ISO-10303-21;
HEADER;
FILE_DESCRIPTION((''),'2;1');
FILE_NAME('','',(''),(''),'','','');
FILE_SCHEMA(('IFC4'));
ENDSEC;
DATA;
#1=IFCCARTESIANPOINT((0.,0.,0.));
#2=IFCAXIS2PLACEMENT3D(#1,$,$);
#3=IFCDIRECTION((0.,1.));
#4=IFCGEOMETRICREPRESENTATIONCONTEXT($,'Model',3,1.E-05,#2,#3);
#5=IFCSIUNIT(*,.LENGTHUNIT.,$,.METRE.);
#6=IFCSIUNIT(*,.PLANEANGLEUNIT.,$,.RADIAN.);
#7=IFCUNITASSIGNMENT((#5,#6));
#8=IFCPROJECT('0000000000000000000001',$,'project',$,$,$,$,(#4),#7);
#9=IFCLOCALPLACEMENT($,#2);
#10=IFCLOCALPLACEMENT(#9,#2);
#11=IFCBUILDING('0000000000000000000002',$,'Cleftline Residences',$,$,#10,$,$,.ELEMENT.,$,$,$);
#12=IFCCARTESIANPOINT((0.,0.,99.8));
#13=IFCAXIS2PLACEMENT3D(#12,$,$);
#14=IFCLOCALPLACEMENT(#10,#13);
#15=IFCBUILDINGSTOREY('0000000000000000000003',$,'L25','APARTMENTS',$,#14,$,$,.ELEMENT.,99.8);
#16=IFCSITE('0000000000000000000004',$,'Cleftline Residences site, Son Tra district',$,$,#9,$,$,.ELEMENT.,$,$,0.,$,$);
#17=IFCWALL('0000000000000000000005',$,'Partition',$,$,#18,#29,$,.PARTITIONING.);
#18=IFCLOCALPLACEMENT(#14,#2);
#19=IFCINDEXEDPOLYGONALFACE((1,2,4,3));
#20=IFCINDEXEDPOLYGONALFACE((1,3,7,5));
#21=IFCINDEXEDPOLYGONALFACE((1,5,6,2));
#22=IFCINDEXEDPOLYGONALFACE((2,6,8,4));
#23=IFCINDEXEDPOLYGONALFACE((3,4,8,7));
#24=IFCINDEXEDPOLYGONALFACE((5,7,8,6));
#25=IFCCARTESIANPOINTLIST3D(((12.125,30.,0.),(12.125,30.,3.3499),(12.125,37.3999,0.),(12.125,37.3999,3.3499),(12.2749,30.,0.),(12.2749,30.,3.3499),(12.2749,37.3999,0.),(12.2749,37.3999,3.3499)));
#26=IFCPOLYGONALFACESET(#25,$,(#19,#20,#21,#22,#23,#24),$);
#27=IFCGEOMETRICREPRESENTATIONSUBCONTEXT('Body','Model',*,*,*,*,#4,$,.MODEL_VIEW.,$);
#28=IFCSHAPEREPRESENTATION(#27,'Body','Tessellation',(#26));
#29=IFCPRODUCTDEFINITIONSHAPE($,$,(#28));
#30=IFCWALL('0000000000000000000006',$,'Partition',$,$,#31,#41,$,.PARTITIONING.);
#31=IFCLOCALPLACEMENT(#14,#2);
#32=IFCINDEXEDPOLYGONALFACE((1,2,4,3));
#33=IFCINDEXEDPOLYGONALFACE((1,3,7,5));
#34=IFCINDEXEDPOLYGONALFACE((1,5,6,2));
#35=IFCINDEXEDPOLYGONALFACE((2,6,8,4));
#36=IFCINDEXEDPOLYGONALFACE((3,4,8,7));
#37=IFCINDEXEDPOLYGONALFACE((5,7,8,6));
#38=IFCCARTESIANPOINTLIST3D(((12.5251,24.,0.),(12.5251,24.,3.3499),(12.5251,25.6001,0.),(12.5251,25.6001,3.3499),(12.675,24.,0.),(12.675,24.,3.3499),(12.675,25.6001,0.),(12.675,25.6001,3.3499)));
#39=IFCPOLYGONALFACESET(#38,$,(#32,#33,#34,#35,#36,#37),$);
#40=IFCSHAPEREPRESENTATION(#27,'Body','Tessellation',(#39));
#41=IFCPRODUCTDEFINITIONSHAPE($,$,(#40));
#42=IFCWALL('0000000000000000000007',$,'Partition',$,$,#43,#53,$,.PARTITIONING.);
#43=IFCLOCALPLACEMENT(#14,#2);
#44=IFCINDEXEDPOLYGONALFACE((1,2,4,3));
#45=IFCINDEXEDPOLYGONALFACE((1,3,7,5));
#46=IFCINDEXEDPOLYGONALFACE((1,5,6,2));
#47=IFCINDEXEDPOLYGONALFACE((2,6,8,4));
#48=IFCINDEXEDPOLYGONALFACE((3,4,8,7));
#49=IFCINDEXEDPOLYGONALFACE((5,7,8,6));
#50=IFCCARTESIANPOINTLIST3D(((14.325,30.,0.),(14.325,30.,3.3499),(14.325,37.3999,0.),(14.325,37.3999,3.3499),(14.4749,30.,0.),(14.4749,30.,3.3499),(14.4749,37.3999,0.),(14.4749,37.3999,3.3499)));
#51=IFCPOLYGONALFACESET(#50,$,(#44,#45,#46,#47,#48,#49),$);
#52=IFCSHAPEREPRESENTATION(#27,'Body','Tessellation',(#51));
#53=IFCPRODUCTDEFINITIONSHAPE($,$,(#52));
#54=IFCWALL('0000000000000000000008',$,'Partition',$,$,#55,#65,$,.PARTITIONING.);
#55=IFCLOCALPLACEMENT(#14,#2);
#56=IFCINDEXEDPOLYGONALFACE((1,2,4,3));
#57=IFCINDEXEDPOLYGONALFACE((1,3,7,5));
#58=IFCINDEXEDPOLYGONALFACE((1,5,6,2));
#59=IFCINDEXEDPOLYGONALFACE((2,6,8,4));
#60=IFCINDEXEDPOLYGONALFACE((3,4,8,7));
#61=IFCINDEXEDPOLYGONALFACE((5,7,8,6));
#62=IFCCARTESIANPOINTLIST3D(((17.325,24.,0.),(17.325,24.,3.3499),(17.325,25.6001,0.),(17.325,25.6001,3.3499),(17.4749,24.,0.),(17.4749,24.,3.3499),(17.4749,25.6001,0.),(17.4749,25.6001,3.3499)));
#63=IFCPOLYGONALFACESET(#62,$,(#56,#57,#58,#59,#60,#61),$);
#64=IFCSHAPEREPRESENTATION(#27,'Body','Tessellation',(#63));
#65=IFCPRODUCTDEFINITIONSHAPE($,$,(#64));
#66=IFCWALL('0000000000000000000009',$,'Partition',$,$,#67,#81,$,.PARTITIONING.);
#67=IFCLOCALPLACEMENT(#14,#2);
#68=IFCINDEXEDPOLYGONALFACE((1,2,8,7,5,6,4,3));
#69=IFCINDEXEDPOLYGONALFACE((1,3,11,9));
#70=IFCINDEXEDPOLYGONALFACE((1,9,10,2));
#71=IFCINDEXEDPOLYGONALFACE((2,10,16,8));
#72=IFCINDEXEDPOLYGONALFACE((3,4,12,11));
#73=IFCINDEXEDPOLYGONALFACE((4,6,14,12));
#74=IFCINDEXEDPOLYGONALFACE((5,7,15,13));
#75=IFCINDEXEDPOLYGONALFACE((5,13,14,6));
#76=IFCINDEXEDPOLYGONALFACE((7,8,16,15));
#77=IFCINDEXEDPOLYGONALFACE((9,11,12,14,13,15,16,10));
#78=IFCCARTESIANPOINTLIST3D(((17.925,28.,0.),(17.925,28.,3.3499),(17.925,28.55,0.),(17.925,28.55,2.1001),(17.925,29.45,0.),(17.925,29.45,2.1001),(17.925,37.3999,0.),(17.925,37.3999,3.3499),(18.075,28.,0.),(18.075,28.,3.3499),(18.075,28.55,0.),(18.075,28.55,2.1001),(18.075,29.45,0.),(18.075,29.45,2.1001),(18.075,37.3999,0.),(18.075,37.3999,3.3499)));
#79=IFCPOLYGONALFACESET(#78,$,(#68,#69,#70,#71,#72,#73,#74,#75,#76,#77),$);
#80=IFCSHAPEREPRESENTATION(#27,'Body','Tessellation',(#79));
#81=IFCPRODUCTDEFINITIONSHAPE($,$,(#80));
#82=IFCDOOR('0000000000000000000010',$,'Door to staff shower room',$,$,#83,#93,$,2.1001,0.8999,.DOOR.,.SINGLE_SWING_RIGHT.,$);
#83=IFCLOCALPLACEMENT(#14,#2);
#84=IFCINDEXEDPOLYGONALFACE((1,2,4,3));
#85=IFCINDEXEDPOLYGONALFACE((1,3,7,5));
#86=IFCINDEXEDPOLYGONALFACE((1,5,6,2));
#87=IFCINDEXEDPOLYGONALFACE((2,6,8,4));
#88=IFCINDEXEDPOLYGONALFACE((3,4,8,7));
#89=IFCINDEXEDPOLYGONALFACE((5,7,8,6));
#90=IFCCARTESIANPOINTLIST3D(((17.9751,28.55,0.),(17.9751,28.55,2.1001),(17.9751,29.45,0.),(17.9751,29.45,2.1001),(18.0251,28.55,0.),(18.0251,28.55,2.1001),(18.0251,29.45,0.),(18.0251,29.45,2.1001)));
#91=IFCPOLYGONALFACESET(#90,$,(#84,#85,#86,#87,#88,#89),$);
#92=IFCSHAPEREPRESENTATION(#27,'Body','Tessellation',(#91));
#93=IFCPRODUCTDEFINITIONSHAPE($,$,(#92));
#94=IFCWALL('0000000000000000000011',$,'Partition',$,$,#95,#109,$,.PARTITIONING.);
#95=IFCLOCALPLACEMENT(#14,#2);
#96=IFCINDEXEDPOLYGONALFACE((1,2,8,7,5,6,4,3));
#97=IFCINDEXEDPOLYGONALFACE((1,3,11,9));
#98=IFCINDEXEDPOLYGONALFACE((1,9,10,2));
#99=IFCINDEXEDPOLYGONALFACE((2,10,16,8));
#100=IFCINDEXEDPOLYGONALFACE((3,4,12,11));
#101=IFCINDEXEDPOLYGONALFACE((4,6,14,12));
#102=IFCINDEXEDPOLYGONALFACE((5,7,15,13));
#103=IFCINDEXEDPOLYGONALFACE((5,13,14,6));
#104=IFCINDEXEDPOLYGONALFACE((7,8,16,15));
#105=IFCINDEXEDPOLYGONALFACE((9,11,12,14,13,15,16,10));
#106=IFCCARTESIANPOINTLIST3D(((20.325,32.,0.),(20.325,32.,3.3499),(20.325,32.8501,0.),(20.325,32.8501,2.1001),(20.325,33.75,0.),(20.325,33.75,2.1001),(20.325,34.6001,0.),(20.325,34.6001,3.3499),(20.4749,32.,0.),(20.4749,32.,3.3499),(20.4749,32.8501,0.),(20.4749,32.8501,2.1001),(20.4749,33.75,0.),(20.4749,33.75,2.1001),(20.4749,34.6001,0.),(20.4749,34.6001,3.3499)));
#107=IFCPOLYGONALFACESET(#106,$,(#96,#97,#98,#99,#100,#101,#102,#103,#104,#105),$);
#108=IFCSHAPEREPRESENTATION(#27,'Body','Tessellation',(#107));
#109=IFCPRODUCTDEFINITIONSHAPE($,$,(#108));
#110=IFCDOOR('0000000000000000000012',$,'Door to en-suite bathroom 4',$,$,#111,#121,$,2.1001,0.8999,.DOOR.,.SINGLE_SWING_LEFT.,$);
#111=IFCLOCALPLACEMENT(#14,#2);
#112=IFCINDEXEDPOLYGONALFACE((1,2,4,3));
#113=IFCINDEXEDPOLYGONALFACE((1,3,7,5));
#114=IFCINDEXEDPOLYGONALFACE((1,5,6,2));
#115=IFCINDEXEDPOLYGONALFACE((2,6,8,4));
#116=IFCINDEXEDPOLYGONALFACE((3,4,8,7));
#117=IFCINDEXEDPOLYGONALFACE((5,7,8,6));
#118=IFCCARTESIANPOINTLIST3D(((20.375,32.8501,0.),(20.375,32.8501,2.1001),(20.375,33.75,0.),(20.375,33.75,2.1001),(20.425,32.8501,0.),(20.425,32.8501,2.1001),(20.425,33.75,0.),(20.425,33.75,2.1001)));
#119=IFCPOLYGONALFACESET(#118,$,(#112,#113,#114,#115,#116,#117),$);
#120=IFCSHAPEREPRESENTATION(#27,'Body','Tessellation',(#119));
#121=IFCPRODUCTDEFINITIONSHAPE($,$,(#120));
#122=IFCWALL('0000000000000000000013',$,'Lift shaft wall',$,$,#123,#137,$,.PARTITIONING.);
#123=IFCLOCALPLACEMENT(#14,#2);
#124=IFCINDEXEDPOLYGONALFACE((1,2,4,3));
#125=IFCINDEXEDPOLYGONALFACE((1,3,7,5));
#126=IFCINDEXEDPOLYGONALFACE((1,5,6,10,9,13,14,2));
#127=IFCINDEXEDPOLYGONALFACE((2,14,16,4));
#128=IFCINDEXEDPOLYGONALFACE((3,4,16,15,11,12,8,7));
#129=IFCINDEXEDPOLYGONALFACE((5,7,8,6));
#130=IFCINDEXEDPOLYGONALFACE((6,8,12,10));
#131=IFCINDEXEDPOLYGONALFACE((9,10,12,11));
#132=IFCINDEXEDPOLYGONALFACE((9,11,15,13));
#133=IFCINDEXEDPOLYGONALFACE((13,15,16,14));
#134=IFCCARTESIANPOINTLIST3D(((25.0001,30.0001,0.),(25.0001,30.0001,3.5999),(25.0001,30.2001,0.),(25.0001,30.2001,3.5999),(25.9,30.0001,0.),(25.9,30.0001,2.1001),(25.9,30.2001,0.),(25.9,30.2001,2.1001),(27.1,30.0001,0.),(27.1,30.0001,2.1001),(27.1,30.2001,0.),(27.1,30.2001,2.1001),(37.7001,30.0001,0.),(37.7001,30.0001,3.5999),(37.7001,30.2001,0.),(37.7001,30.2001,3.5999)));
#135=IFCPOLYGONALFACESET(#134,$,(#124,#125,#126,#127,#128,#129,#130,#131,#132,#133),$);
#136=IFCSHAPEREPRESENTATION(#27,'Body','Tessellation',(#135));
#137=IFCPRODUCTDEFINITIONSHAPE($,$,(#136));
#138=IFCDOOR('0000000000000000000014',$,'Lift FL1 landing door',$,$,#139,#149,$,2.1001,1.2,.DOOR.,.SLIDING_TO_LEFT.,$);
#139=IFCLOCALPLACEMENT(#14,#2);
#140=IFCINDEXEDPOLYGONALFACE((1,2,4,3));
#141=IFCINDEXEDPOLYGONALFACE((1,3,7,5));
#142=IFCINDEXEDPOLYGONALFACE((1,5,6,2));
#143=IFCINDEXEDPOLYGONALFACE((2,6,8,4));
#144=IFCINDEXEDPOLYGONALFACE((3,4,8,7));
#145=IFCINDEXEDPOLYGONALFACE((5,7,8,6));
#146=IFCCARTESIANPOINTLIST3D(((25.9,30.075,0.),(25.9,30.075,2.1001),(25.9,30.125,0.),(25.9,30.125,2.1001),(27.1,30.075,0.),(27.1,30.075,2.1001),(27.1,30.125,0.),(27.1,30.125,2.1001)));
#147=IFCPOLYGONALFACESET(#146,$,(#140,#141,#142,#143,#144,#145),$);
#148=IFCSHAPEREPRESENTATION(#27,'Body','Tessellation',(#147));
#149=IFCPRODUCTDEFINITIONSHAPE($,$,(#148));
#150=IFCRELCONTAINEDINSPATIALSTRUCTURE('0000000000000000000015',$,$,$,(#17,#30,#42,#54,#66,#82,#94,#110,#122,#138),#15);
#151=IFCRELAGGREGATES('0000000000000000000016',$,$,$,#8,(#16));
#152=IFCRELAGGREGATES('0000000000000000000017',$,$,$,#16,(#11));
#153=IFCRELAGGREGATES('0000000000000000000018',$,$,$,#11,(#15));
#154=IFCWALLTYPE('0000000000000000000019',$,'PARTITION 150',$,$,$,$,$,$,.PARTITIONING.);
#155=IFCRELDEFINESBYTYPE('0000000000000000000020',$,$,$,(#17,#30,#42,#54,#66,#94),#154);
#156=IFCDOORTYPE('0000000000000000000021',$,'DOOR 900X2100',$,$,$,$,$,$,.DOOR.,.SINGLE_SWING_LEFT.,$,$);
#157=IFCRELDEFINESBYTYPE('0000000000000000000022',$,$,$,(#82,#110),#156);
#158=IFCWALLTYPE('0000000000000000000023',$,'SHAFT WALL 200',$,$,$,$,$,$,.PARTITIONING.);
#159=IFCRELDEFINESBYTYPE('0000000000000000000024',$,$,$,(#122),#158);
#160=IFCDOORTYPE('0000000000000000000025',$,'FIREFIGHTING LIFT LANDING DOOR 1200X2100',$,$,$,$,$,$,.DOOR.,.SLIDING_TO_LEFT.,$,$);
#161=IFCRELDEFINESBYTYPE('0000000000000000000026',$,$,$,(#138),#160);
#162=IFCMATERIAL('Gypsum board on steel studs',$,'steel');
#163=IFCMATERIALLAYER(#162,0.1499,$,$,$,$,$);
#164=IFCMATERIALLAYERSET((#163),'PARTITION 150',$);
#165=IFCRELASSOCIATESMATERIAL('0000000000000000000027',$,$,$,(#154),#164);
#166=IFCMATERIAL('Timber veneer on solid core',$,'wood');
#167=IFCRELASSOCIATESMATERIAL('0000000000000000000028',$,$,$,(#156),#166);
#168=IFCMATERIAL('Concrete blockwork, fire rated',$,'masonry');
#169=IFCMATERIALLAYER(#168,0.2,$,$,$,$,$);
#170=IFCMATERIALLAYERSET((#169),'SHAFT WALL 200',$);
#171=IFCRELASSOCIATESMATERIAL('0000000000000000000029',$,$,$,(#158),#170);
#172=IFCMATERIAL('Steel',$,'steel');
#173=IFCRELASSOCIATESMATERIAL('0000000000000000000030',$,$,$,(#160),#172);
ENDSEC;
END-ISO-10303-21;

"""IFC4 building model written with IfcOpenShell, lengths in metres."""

from ifc_helpers import new_model, si_unit, direction, frame, frame_2d, origin, place, context, subcontext, project, spatial, rectangle, extrude, material, layer, layer_set, type_object, element, fill, save


model = new_model("IFC4")

# Units and contexts
model_context = context("Model", 3, precision=1e-05, world=origin(), true_north=direction((0.0, 1.0)))
body_context = subcontext(model_context, "Body", "Model", "MODEL_VIEW")
ifc_project = project(units=[si_unit("LENGTHUNIT", "METRE"), si_unit("PLANEANGLEUNIT", "RADIAN")], contexts=[model_context])

# Site, building, storey
site_placement = place(None, origin())
site = spatial("IfcSite", under=ifc_project, at=site_placement, Name="Cleftline Residences site, Son Tra district", CompositionType="ELEMENT", RefElevation=0.0)
building_placement = place(site_placement, origin())
building = spatial("IfcBuilding", under=site, at=building_placement, Name="Cleftline Residences", CompositionType="ELEMENT")
storey_placement = place(building_placement, frame((0.0, 0.0, 99.8)))
storey = spatial("IfcBuildingStorey", under=building, at=storey_placement, Name="L25", Description="APARTMENTS", CompositionType="ELEMENT", Elevation=99.8)

# Shared definitions
ifc_material_1 = material(Name="Gypsum board on steel studs", Category="steel")
ifc_layer_1 = layer(ifc_material_1, 0.1499)
ifc_layer_set_1 = layer_set([ifc_layer_1], Name="PARTITION 150")
wall_type_1 = type_object("IfcWallType", Name="PARTITION 150", PredefinedType="PARTITIONING", material=ifc_layer_set_1)
ifc_material_2 = material(Name="Timber veneer on solid core", Category="wood")
door_type_1 = type_object("IfcDoorType", Name="DOOR 900X2100", OperationType="SINGLE_SWING_LEFT", PredefinedType="DOOR", material=ifc_material_2)

# Walls
wall_1_placement = place(storey_placement, frame((12.2, 30.0, 0.0), z_axis=(0.0, 0.0, 1.0), x_axis=(0.0, 1.0, 0.0)))
element("IfcWall", 1, at=wall_1_placement, inside=storey, type_object=wall_type_1, Name="Partition", PredefinedType="PARTITIONING", context=body_context, shape_type="SweptSolid", body=[
    extrude(rectangle(XDim=7.3999, YDim=0.1499, at=frame_2d((3.7, 0.0))), origin(), (0.0, 0.0, 1.0), 3.3499),
])
wall_2_placement = place(storey_placement, frame((12.6001, 24.0, 0.0), z_axis=(0.0, 0.0, 1.0), x_axis=(0.0, 1.0, 0.0)))
element("IfcWall", 2, at=wall_2_placement, inside=storey, type_object=wall_type_1, Name="Partition", PredefinedType="PARTITIONING", context=body_context, shape_type="SweptSolid", body=[
    extrude(rectangle(XDim=1.6001, YDim=0.1499, at=frame_2d((0.8, 0.0))), origin(), (0.0, 0.0, 1.0), 3.3499),
])
wall_3_placement = place(storey_placement, frame((14.3999, 30.0, 0.0), z_axis=(0.0, 0.0, 1.0), x_axis=(0.0, 1.0, 0.0)))
element("IfcWall", 3, at=wall_3_placement, inside=storey, type_object=wall_type_1, Name="Partition", PredefinedType="PARTITIONING", context=body_context, shape_type="SweptSolid", body=[
    extrude(rectangle(XDim=7.3999, YDim=0.1499, at=frame_2d((3.7, 0.0))), origin(), (0.0, 0.0, 1.0), 3.3499),
])
wall_4_placement = place(storey_placement, frame((17.3999, 24.0, 0.0), z_axis=(0.0, 0.0, 1.0), x_axis=(0.0, 1.0, 0.0)))
element("IfcWall", 4, at=wall_4_placement, inside=storey, type_object=wall_type_1, Name="Partition", PredefinedType="PARTITIONING", context=body_context, shape_type="SweptSolid", body=[
    extrude(rectangle(XDim=1.6001, YDim=0.1499, at=frame_2d((0.8, 0.0))), origin(), (0.0, 0.0, 1.0), 3.3499),
])

# Walls, openings, doors
wall_5_placement = place(storey_placement, frame((18.0, 28.0, 0.0), z_axis=(0.0, 0.0, 1.0), x_axis=(0.0, 1.0, 0.0)))
wall_5 = element("IfcWall", 5, at=wall_5_placement, inside=storey, type_object=wall_type_1, Name="Partition", PredefinedType="PARTITIONING", context=body_context, shape_type="SweptSolid", body=[
    extrude(rectangle(XDim=9.3999, YDim=0.1499, at=frame_2d((4.7, 0.0))), origin(), (0.0, 0.0, 1.0), 3.3499),
])
opening_1_placement = place(wall_5_placement, frame((0.55, 0.0, 0.0)))
opening_1 = element("IfcOpeningElement", 6, at=opening_1_placement, cuts=wall_5, PredefinedType="OPENING", context=body_context, shape_type="SweptSolid", body=[
    extrude(rectangle(XDim=0.8999, YDim=2.1001, at=frame_2d((0.45, 1.05))), frame((0.0, 0.085, 0.0), z_axis=(0.0, -1.0, 0.0), x_axis=(1.0, 0.0, 0.0)), (0.0, 0.0, 1.0), 0.1699),
])
door_1_placement = place(opening_1_placement, origin())
door_1 = element("IfcDoor", 7, at=door_1_placement, inside=storey, type_object=door_type_1, Name="Door to staff shower room", OperationType="SINGLE_SWING_RIGHT", OverallHeight=2.1001, OverallWidth=0.8999, PredefinedType="DOOR", context=body_context, shape_type="SweptSolid", body=[
    extrude(rectangle(XDim=0.8999, YDim=2.1001, at=frame_2d((0.45, 1.05))), frame((0.0, 0.0249, 0.0), z_axis=(0.0, -1.0, 0.0), x_axis=(1.0, 0.0, 0.0)), (0.0, 0.0, 1.0), 0.05),
])
fill(opening_1, door_1)
wall_6_placement = place(storey_placement, frame((20.3999, 32.0, 0.0), z_axis=(0.0, 0.0, 1.0), x_axis=(0.0, 1.0, 0.0)))
wall_6 = element("IfcWall", 8, at=wall_6_placement, inside=storey, type_object=wall_type_1, Name="Partition", PredefinedType="PARTITIONING", context=body_context, shape_type="SweptSolid", body=[
    extrude(rectangle(XDim=2.6001, YDim=0.1499, at=frame_2d((1.3, 0.0))), origin(), (0.0, 0.0, 1.0), 3.3499),
])
opening_2_placement = place(wall_6_placement, frame((0.8501, 0.0, 0.0)))
opening_2 = element("IfcOpeningElement", 9, at=opening_2_placement, cuts=wall_6, PredefinedType="OPENING", context=body_context, shape_type="SweptSolid", body=[
    extrude(rectangle(XDim=0.8999, YDim=2.1001, at=frame_2d((0.45, 1.05))), frame((0.0, 0.085, 0.0), z_axis=(0.0, -1.0, 0.0), x_axis=(1.0, 0.0, 0.0)), (0.0, 0.0, 1.0), 0.1699),
])
door_2_placement = place(opening_2_placement, origin())
door_2 = element("IfcDoor", 10, at=door_2_placement, inside=storey, type_object=door_type_1, Name="Door to en-suite bathroom 4", OperationType="SINGLE_SWING_LEFT", OverallHeight=2.1001, OverallWidth=0.8999, PredefinedType="DOOR", context=body_context, shape_type="SweptSolid", body=[
    extrude(rectangle(XDim=0.8999, YDim=2.1001, at=frame_2d((0.45, 1.05))), frame((0.0, 0.0249, 0.0), z_axis=(0.0, -1.0, 0.0), x_axis=(1.0, 0.0, 0.0)), (0.0, 0.0, 1.0), 0.05),
])
fill(opening_2, door_2)
ifc_material_3 = material(Name="Concrete blockwork, fire rated", Category="masonry")
ifc_layer_2 = layer(ifc_material_3, 0.2)
ifc_layer_set_2 = layer_set([ifc_layer_2], Name="SHAFT WALL 200")
wall_type_2 = type_object("IfcWallType", Name="SHAFT WALL 200", PredefinedType="PARTITIONING", material=ifc_layer_set_2)
wall_7_placement = place(storey_placement, frame((25.0, 30.1001, 0.0), z_axis=(0.0, 0.0, 1.0), x_axis=(1.0, 0.0, 0.0)))
wall_7 = element("IfcWall", 11, at=wall_7_placement, inside=storey, type_object=wall_type_2, Name="Lift shaft wall", PredefinedType="PARTITIONING", context=body_context, shape_type="SweptSolid", body=[
    extrude(rectangle(XDim=12.7, YDim=0.2, at=frame_2d((6.3501, 0.0))), origin(), (0.0, 0.0, 1.0), 3.5999),
])
opening_3_placement = place(wall_7_placement, frame((0.8999, 0.0, 0.0)))
opening_3 = element("IfcOpeningElement", 12, at=opening_3_placement, cuts=wall_7, PredefinedType="OPENING", context=body_context, shape_type="SweptSolid", body=[
    extrude(rectangle(XDim=1.2, YDim=2.1001, at=frame_2d((0.6001, 1.05))), frame((0.0, 0.1099, 0.0), z_axis=(0.0, -1.0, 0.0), x_axis=(1.0, 0.0, 0.0)), (0.0, 0.0, 1.0), 0.22),
])
ifc_material_4 = material(Name="Steel", Category="steel")
door_type_2 = type_object("IfcDoorType", Name="FIREFIGHTING LIFT LANDING DOOR 1200X2100", OperationType="SLIDING_TO_LEFT", PredefinedType="DOOR", material=ifc_material_4)
door_3_placement = place(opening_3_placement, origin())
door_3 = element("IfcDoor", 13, at=door_3_placement, inside=storey, type_object=door_type_2, Name="Lift FL1 landing door", OperationType="SLIDING_TO_LEFT", OverallHeight=2.1001, OverallWidth=1.2, PredefinedType="DOOR", context=body_context, shape_type="SweptSolid", body=[
    extrude(rectangle(XDim=1.2, YDim=2.1001, at=frame_2d((0.6001, 1.05))), frame((0.0, 0.0249, 0.0), z_axis=(0.0, -1.0, 0.0), x_axis=(1.0, 0.0, 0.0)), (0.0, 0.0, 1.0), 0.05),
])
fill(opening_3, door_3)

save(model, "model.ifc")
